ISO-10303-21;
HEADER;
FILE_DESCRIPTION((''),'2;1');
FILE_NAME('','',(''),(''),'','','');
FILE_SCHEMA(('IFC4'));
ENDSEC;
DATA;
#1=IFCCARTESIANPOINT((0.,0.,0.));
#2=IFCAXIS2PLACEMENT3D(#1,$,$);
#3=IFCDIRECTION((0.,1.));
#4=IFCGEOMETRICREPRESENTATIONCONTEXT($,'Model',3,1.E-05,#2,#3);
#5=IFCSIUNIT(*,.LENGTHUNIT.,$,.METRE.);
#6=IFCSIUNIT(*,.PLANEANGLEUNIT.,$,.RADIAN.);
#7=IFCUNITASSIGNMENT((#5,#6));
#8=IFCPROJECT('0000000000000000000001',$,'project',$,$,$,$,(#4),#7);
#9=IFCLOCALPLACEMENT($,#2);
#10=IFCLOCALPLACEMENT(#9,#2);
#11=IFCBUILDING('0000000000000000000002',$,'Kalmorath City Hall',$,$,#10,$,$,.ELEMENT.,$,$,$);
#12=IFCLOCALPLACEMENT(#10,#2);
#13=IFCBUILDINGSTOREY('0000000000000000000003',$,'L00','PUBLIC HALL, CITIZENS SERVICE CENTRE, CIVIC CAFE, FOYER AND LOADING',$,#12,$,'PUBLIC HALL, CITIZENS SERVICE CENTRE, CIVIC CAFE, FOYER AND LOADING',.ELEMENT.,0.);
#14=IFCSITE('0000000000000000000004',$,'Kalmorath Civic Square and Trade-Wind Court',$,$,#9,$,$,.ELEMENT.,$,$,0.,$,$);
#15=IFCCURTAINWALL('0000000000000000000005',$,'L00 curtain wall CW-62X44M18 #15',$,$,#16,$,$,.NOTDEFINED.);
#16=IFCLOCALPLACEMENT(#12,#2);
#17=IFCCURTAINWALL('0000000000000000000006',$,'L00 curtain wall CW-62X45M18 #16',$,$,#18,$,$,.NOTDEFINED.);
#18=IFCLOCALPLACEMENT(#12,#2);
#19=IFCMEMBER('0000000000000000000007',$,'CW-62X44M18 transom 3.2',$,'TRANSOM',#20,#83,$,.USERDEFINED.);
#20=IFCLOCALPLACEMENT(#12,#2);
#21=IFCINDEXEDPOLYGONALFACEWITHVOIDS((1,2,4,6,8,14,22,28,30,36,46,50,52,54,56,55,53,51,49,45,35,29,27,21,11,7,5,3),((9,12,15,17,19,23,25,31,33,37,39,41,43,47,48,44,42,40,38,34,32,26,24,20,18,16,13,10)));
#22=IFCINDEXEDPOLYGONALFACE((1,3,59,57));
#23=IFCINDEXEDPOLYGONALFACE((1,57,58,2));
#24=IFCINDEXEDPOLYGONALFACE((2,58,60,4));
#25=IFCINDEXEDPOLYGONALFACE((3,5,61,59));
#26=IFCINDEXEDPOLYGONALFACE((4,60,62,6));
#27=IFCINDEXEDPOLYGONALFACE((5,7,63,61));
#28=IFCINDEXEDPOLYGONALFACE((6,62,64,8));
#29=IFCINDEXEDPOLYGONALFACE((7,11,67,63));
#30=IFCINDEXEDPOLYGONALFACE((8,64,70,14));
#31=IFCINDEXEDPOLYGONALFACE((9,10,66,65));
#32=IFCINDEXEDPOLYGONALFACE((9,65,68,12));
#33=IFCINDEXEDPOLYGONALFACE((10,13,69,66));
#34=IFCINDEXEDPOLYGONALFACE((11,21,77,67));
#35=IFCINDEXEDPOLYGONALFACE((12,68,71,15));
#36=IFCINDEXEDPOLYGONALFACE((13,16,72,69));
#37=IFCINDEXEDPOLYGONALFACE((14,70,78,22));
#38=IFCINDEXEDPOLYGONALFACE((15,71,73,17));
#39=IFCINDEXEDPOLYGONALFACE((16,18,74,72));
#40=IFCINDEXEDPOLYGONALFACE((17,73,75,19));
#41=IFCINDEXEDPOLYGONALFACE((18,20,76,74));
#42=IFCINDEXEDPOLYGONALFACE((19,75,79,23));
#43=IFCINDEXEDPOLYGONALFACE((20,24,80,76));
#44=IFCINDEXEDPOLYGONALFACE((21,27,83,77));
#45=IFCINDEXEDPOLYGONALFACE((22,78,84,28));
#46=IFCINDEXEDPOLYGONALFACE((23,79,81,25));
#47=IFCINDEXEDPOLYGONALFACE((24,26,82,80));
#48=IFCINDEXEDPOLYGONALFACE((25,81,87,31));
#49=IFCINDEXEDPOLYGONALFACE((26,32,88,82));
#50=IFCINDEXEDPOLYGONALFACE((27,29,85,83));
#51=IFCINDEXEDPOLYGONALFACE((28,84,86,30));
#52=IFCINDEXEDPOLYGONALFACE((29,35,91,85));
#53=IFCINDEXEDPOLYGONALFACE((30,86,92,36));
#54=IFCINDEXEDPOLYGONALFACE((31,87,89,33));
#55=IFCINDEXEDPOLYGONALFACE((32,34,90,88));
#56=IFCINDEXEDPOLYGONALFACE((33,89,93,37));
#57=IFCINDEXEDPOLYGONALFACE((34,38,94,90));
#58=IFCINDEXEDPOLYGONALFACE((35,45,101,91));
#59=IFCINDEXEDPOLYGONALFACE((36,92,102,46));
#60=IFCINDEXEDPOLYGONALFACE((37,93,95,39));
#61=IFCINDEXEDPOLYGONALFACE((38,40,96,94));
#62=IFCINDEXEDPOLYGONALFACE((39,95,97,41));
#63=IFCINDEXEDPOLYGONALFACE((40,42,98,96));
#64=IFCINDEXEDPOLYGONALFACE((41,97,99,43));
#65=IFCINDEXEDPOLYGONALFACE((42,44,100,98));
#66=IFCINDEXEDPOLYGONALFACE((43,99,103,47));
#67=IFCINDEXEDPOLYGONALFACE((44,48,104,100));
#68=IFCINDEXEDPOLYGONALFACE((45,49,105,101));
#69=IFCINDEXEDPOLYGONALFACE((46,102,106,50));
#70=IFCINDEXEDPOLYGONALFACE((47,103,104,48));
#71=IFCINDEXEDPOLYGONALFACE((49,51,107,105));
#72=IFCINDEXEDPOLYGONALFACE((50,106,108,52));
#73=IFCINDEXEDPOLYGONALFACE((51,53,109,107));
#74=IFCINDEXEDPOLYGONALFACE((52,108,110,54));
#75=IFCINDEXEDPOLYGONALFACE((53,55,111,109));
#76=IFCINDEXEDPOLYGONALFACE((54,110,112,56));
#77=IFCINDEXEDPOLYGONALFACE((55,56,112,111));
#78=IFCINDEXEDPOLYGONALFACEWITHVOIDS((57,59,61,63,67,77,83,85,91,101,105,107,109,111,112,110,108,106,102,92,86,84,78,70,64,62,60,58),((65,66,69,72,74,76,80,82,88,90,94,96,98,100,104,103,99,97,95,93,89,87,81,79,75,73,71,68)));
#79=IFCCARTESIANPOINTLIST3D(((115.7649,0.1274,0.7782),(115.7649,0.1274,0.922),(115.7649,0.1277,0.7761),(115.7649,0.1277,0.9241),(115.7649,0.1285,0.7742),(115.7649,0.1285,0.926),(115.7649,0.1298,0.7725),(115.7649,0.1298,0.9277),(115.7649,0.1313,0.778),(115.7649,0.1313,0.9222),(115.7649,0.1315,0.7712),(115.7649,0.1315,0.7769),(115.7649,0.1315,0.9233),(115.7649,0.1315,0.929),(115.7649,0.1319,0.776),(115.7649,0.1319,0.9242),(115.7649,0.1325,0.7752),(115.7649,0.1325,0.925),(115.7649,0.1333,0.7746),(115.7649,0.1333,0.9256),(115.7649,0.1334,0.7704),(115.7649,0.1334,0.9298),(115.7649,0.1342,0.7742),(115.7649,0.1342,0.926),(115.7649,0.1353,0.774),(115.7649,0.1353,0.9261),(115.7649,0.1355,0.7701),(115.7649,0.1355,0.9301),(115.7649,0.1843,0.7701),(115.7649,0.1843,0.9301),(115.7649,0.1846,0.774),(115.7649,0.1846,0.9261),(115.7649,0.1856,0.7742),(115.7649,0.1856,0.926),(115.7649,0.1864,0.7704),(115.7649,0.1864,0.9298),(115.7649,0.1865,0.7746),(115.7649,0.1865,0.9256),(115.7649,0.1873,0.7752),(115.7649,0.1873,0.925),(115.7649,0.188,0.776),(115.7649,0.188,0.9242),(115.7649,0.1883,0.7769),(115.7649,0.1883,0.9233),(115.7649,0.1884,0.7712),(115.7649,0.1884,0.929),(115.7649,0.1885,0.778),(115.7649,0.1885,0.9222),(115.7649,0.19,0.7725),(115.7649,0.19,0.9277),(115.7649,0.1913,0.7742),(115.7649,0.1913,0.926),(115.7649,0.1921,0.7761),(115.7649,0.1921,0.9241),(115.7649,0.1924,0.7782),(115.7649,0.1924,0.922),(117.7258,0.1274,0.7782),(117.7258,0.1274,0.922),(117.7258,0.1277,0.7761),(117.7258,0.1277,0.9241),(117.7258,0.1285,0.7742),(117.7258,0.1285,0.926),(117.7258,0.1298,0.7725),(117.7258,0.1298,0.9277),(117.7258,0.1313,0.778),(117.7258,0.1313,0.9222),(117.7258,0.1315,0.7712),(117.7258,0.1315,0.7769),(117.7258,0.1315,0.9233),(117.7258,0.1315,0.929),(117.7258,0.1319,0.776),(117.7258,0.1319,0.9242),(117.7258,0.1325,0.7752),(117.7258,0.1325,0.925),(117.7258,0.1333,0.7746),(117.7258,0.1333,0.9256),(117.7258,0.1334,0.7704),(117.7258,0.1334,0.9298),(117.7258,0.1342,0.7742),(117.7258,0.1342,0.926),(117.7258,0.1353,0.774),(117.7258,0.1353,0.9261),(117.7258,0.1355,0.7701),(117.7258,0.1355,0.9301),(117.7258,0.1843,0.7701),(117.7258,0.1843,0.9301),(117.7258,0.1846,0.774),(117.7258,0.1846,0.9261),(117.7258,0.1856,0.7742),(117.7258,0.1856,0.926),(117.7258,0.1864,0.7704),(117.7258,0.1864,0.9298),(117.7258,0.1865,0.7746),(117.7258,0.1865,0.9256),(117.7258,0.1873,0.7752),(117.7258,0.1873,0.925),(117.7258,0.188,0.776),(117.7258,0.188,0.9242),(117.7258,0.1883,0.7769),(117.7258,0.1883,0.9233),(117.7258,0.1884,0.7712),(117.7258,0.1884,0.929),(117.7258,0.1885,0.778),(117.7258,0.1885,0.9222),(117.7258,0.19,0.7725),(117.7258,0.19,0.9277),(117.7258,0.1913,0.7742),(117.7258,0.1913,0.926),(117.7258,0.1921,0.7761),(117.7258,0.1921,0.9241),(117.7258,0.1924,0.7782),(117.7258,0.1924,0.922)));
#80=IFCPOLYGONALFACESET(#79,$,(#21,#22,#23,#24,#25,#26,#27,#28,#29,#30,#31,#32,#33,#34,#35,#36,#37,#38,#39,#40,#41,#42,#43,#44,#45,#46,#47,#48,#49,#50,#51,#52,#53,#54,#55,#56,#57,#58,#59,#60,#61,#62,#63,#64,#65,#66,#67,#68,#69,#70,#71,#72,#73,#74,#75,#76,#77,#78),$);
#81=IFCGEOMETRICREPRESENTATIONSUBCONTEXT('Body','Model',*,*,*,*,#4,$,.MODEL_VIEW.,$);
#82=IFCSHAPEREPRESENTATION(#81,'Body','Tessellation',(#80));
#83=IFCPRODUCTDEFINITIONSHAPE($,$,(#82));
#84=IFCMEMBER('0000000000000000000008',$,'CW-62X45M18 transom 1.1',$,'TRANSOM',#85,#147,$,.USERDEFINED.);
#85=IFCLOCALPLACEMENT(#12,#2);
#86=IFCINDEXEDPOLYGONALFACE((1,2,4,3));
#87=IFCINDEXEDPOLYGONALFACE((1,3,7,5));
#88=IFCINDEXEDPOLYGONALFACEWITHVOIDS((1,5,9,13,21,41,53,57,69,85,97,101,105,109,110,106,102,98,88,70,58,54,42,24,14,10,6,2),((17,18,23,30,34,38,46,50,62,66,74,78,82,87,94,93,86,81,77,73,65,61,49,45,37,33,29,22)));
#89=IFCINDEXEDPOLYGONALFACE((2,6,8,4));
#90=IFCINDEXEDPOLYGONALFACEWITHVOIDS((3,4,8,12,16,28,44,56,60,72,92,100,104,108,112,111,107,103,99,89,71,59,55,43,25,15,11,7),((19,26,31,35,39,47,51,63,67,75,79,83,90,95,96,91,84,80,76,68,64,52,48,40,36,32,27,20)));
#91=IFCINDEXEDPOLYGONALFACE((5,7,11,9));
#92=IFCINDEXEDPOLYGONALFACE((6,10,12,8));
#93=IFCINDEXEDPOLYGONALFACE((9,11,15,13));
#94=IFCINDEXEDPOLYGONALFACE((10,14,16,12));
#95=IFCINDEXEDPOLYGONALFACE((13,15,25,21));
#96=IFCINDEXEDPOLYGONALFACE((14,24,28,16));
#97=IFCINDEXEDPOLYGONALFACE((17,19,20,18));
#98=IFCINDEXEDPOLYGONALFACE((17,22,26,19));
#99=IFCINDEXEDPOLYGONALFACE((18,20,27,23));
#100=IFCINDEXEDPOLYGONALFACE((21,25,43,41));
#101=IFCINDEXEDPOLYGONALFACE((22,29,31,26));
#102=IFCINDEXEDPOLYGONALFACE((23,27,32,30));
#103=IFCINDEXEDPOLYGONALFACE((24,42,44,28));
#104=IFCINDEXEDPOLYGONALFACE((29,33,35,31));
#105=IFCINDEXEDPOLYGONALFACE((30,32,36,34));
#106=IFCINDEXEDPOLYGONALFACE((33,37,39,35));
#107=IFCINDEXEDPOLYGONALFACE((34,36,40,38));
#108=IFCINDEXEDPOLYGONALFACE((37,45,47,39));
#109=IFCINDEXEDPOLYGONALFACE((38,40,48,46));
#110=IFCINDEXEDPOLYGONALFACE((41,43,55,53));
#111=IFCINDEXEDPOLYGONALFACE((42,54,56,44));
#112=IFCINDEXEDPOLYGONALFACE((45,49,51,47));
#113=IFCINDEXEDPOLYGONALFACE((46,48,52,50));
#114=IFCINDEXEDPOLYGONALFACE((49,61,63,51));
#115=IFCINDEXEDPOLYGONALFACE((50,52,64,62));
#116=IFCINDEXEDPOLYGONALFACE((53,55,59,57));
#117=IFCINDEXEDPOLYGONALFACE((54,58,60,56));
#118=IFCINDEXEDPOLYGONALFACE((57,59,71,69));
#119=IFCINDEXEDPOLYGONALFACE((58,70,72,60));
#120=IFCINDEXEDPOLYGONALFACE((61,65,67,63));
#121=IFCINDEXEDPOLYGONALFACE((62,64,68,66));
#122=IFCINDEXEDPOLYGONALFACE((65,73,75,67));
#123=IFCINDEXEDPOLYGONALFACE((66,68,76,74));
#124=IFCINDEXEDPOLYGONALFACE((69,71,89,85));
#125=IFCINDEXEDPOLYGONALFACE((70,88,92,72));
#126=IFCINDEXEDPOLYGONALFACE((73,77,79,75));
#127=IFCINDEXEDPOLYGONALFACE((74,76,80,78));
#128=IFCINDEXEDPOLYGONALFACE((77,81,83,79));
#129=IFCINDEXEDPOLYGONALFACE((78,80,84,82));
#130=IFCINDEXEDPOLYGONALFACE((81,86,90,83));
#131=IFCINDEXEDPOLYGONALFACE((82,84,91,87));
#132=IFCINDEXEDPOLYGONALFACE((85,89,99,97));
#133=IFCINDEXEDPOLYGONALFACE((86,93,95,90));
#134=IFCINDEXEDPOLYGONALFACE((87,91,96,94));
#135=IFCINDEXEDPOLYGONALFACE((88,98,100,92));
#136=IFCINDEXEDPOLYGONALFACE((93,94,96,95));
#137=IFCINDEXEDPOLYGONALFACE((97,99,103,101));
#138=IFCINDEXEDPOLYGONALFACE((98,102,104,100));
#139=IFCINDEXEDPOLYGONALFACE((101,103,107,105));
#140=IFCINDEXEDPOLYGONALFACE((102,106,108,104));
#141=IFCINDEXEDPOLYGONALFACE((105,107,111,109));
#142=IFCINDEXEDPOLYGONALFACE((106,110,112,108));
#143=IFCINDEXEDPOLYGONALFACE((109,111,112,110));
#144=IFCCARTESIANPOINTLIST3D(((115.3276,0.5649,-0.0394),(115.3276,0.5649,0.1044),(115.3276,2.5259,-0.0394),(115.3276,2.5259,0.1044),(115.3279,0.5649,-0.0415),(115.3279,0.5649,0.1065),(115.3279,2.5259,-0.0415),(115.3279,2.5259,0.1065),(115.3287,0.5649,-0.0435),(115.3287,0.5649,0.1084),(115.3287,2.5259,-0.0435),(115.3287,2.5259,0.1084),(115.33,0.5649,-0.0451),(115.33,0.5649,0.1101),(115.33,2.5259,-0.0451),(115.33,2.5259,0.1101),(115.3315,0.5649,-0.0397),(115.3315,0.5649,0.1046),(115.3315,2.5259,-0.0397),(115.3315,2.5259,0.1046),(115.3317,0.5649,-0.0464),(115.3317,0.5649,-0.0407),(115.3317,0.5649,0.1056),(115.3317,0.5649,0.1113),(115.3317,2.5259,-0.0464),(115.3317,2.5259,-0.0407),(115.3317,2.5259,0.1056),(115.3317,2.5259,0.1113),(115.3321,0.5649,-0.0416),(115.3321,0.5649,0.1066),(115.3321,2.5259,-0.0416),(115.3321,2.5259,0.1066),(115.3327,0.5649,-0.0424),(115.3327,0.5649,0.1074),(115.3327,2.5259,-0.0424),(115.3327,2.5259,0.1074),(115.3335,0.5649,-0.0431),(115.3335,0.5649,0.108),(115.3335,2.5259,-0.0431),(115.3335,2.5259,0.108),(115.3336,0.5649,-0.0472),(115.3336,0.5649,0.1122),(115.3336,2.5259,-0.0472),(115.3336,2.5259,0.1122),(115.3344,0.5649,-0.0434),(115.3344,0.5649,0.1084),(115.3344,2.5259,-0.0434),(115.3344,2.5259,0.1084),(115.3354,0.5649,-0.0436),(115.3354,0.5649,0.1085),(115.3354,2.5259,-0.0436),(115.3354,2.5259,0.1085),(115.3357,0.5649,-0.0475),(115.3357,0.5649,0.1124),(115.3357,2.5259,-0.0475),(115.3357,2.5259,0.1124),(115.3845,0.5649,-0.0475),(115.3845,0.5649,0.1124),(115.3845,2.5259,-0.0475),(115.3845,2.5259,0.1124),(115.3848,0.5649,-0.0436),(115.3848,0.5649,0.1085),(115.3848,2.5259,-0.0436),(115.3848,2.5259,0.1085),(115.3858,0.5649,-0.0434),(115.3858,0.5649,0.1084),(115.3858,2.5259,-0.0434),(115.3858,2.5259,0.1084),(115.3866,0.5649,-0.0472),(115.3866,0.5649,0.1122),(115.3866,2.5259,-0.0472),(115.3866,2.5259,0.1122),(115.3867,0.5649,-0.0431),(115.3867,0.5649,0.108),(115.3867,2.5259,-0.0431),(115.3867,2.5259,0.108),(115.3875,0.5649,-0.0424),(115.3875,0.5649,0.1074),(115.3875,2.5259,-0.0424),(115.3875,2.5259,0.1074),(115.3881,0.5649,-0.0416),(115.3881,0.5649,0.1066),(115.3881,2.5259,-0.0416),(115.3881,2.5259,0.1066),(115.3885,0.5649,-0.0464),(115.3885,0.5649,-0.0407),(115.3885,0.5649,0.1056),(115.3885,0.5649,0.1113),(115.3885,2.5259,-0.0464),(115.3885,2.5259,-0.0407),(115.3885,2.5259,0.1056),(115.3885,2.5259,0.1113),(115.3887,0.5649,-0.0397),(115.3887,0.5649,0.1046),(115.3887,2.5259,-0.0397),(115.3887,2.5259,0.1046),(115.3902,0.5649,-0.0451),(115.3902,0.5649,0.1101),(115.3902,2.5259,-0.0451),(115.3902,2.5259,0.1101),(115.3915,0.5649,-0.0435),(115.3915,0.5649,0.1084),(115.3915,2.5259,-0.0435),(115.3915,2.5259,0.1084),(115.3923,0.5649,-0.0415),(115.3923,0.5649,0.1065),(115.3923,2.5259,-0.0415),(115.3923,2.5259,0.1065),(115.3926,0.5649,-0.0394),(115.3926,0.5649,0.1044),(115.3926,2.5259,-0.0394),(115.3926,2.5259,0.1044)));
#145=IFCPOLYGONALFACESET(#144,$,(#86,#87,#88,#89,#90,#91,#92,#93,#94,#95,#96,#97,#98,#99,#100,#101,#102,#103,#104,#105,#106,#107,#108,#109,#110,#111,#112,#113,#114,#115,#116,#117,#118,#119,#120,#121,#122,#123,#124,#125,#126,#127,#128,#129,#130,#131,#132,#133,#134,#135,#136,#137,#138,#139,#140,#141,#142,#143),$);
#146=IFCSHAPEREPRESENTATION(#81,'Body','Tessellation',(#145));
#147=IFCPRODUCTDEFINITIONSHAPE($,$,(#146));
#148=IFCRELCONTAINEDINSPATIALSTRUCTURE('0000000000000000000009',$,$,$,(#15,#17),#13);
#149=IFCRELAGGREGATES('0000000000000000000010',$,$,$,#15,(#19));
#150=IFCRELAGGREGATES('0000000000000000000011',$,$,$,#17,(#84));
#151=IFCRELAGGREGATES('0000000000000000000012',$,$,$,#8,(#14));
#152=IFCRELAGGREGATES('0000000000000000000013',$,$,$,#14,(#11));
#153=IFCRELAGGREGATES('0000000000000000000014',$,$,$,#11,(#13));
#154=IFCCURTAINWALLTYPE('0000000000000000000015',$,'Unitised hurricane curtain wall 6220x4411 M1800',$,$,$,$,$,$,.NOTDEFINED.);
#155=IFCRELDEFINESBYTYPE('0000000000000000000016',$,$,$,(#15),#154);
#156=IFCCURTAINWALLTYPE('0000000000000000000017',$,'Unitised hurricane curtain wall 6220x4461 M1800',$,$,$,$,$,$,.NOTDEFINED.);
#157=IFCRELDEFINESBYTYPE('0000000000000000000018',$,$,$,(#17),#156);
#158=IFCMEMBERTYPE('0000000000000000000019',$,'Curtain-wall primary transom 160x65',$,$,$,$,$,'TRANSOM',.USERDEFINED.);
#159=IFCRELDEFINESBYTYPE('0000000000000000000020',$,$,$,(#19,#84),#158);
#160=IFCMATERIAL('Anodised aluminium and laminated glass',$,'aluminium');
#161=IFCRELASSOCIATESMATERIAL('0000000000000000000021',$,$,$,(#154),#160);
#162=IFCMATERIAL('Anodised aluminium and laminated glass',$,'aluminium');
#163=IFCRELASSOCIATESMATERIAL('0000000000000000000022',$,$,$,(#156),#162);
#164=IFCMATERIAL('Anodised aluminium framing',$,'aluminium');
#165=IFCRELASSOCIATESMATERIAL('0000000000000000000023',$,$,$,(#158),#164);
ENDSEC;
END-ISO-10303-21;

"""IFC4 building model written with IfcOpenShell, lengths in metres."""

from ifc_helpers import new_model, si_unit, direction, frame, origin, origin_2d, place, context, subcontext, project, spatial, hollow_rectangle, extrude, material, material_profile, profile_set, type_object, element, aggregate, save


model = new_model("IFC4")

# Units and contexts
model_context = context("Model", 3, precision=1e-05, world=origin(), true_north=direction((0.0, 1.0)))
body_context = subcontext(model_context, "Body", "Model", "MODEL_VIEW")
ifc_project = project(units=[si_unit("LENGTHUNIT", "METRE"), si_unit("PLANEANGLEUNIT", "RADIAN")], contexts=[model_context])

# Site, building, storey
site_placement = place(None, origin())
site = spatial("IfcSite", under=ifc_project, at=site_placement, Name="Kalmorath Civic Square and Trade-Wind Court", CompositionType="ELEMENT", RefElevation=0.0)
building_placement = place(site_placement, origin())
building = spatial("IfcBuilding", under=site, at=building_placement, Name="Kalmorath City Hall", CompositionType="ELEMENT")
storey_placement = place(building_placement, origin())
storey = spatial("IfcBuildingStorey", under=building, at=storey_placement, Name="L00", Description="PUBLIC HALL, CITIZENS SERVICE CENTRE, CIVIC CAFE, FOYER AND LOADING", LongName="PUBLIC HALL, CITIZENS SERVICE CENTRE, CIVIC CAFE, FOYER AND LOADING", CompositionType="ELEMENT", Elevation=0.0)

# Curtain wall
ifc_material_1 = material(Name="Anodised aluminium and laminated glass", Category="aluminium")
curtain_wall_type_1 = type_object("IfcCurtainWallType", Name="Unitised hurricane curtain wall 6220x4411 M1800", PredefinedType="NOTDEFINED", material=ifc_material_1)
curtain_wall_1_placement = place(storey_placement, origin())
curtain_wall_1 = element("IfcCurtainWall", 1, at=curtain_wall_1_placement, inside=storey, type_object=curtain_wall_type_1, Name="L00 curtain wall CW-62X44M18 #15", PredefinedType="NOTDEFINED")

# Curtain wall
ifc_material_2 = material(Name="Anodised aluminium and laminated glass", Category="aluminium")
curtain_wall_type_2 = type_object("IfcCurtainWallType", Name="Unitised hurricane curtain wall 6220x4461 M1800", PredefinedType="NOTDEFINED", material=ifc_material_2)
curtain_wall_2_placement = place(storey_placement, origin())
curtain_wall_2 = element("IfcCurtainWall", 2, at=curtain_wall_2_placement, inside=storey, type_object=curtain_wall_type_2, Name="L00 curtain wall CW-62X45M18 #16", PredefinedType="NOTDEFINED")

# Members
ifc_material_3 = material(Name="Anodised aluminium framing", Category="aluminium")
ifc_material_profile_1 = material_profile(ifc_material_3, hollow_rectangle(XDim=0.0649, YDim=0.1599, WallThickness=0.0039, InnerFilletRadius=0.0039, OuterFilletRadius=0.0081, at=origin_2d()), Name="ALU-TRN-160X65X4")
ifc_profile_set_1 = profile_set([ifc_material_profile_1], Name="Anodised aluminium framing")
member_type_1 = type_object("IfcMemberType", Name="Curtain-wall primary transom 160x65", ElementType="TRANSOM", PredefinedType="USERDEFINED", material=ifc_profile_set_1)
member_1_placement = place(storey_placement, frame((117.7258, 0.1599, 0.8501), z_axis=(-1.0, 0.0, 0.0), x_axis=(0.0, -1.0, 0.0)))
member_1 = element("IfcMember", 3, at=member_1_placement, type_object=member_type_1, Name="CW-62X44M18 transom 3.2", ObjectType="TRANSOM", PredefinedType="USERDEFINED", context=body_context, shape_type="SweptSolid", body=[
    extrude(hollow_rectangle(XDim=0.0649, YDim=0.1599, WallThickness=0.0039, InnerFilletRadius=0.0039, OuterFilletRadius=0.0081, at=origin_2d()), origin(), (0.0, 0.0, 1.0), 1.9609),
])
member_2_placement = place(storey_placement, frame((115.3601, 0.5649, 0.0325), z_axis=(0.0, 1.0, 0.0), x_axis=(-1.0, 0.0, 0.0)))
member_2 = element("IfcMember", 4, at=member_2_placement, type_object=member_type_1, Name="CW-62X45M18 transom 1.1", ObjectType="TRANSOM", PredefinedType="USERDEFINED", context=body_context, shape_type="SweptSolid", body=[
    extrude(hollow_rectangle(XDim=0.0649, YDim=0.1599, WallThickness=0.0039, InnerFilletRadius=0.0039, OuterFilletRadius=0.0081, at=origin_2d()), origin(), (0.0, 0.0, 1.0), 1.9609),
])

aggregate(curtain_wall_1, [member_1])
aggregate(curtain_wall_2, [member_2])

save(model, "model.ifc")
